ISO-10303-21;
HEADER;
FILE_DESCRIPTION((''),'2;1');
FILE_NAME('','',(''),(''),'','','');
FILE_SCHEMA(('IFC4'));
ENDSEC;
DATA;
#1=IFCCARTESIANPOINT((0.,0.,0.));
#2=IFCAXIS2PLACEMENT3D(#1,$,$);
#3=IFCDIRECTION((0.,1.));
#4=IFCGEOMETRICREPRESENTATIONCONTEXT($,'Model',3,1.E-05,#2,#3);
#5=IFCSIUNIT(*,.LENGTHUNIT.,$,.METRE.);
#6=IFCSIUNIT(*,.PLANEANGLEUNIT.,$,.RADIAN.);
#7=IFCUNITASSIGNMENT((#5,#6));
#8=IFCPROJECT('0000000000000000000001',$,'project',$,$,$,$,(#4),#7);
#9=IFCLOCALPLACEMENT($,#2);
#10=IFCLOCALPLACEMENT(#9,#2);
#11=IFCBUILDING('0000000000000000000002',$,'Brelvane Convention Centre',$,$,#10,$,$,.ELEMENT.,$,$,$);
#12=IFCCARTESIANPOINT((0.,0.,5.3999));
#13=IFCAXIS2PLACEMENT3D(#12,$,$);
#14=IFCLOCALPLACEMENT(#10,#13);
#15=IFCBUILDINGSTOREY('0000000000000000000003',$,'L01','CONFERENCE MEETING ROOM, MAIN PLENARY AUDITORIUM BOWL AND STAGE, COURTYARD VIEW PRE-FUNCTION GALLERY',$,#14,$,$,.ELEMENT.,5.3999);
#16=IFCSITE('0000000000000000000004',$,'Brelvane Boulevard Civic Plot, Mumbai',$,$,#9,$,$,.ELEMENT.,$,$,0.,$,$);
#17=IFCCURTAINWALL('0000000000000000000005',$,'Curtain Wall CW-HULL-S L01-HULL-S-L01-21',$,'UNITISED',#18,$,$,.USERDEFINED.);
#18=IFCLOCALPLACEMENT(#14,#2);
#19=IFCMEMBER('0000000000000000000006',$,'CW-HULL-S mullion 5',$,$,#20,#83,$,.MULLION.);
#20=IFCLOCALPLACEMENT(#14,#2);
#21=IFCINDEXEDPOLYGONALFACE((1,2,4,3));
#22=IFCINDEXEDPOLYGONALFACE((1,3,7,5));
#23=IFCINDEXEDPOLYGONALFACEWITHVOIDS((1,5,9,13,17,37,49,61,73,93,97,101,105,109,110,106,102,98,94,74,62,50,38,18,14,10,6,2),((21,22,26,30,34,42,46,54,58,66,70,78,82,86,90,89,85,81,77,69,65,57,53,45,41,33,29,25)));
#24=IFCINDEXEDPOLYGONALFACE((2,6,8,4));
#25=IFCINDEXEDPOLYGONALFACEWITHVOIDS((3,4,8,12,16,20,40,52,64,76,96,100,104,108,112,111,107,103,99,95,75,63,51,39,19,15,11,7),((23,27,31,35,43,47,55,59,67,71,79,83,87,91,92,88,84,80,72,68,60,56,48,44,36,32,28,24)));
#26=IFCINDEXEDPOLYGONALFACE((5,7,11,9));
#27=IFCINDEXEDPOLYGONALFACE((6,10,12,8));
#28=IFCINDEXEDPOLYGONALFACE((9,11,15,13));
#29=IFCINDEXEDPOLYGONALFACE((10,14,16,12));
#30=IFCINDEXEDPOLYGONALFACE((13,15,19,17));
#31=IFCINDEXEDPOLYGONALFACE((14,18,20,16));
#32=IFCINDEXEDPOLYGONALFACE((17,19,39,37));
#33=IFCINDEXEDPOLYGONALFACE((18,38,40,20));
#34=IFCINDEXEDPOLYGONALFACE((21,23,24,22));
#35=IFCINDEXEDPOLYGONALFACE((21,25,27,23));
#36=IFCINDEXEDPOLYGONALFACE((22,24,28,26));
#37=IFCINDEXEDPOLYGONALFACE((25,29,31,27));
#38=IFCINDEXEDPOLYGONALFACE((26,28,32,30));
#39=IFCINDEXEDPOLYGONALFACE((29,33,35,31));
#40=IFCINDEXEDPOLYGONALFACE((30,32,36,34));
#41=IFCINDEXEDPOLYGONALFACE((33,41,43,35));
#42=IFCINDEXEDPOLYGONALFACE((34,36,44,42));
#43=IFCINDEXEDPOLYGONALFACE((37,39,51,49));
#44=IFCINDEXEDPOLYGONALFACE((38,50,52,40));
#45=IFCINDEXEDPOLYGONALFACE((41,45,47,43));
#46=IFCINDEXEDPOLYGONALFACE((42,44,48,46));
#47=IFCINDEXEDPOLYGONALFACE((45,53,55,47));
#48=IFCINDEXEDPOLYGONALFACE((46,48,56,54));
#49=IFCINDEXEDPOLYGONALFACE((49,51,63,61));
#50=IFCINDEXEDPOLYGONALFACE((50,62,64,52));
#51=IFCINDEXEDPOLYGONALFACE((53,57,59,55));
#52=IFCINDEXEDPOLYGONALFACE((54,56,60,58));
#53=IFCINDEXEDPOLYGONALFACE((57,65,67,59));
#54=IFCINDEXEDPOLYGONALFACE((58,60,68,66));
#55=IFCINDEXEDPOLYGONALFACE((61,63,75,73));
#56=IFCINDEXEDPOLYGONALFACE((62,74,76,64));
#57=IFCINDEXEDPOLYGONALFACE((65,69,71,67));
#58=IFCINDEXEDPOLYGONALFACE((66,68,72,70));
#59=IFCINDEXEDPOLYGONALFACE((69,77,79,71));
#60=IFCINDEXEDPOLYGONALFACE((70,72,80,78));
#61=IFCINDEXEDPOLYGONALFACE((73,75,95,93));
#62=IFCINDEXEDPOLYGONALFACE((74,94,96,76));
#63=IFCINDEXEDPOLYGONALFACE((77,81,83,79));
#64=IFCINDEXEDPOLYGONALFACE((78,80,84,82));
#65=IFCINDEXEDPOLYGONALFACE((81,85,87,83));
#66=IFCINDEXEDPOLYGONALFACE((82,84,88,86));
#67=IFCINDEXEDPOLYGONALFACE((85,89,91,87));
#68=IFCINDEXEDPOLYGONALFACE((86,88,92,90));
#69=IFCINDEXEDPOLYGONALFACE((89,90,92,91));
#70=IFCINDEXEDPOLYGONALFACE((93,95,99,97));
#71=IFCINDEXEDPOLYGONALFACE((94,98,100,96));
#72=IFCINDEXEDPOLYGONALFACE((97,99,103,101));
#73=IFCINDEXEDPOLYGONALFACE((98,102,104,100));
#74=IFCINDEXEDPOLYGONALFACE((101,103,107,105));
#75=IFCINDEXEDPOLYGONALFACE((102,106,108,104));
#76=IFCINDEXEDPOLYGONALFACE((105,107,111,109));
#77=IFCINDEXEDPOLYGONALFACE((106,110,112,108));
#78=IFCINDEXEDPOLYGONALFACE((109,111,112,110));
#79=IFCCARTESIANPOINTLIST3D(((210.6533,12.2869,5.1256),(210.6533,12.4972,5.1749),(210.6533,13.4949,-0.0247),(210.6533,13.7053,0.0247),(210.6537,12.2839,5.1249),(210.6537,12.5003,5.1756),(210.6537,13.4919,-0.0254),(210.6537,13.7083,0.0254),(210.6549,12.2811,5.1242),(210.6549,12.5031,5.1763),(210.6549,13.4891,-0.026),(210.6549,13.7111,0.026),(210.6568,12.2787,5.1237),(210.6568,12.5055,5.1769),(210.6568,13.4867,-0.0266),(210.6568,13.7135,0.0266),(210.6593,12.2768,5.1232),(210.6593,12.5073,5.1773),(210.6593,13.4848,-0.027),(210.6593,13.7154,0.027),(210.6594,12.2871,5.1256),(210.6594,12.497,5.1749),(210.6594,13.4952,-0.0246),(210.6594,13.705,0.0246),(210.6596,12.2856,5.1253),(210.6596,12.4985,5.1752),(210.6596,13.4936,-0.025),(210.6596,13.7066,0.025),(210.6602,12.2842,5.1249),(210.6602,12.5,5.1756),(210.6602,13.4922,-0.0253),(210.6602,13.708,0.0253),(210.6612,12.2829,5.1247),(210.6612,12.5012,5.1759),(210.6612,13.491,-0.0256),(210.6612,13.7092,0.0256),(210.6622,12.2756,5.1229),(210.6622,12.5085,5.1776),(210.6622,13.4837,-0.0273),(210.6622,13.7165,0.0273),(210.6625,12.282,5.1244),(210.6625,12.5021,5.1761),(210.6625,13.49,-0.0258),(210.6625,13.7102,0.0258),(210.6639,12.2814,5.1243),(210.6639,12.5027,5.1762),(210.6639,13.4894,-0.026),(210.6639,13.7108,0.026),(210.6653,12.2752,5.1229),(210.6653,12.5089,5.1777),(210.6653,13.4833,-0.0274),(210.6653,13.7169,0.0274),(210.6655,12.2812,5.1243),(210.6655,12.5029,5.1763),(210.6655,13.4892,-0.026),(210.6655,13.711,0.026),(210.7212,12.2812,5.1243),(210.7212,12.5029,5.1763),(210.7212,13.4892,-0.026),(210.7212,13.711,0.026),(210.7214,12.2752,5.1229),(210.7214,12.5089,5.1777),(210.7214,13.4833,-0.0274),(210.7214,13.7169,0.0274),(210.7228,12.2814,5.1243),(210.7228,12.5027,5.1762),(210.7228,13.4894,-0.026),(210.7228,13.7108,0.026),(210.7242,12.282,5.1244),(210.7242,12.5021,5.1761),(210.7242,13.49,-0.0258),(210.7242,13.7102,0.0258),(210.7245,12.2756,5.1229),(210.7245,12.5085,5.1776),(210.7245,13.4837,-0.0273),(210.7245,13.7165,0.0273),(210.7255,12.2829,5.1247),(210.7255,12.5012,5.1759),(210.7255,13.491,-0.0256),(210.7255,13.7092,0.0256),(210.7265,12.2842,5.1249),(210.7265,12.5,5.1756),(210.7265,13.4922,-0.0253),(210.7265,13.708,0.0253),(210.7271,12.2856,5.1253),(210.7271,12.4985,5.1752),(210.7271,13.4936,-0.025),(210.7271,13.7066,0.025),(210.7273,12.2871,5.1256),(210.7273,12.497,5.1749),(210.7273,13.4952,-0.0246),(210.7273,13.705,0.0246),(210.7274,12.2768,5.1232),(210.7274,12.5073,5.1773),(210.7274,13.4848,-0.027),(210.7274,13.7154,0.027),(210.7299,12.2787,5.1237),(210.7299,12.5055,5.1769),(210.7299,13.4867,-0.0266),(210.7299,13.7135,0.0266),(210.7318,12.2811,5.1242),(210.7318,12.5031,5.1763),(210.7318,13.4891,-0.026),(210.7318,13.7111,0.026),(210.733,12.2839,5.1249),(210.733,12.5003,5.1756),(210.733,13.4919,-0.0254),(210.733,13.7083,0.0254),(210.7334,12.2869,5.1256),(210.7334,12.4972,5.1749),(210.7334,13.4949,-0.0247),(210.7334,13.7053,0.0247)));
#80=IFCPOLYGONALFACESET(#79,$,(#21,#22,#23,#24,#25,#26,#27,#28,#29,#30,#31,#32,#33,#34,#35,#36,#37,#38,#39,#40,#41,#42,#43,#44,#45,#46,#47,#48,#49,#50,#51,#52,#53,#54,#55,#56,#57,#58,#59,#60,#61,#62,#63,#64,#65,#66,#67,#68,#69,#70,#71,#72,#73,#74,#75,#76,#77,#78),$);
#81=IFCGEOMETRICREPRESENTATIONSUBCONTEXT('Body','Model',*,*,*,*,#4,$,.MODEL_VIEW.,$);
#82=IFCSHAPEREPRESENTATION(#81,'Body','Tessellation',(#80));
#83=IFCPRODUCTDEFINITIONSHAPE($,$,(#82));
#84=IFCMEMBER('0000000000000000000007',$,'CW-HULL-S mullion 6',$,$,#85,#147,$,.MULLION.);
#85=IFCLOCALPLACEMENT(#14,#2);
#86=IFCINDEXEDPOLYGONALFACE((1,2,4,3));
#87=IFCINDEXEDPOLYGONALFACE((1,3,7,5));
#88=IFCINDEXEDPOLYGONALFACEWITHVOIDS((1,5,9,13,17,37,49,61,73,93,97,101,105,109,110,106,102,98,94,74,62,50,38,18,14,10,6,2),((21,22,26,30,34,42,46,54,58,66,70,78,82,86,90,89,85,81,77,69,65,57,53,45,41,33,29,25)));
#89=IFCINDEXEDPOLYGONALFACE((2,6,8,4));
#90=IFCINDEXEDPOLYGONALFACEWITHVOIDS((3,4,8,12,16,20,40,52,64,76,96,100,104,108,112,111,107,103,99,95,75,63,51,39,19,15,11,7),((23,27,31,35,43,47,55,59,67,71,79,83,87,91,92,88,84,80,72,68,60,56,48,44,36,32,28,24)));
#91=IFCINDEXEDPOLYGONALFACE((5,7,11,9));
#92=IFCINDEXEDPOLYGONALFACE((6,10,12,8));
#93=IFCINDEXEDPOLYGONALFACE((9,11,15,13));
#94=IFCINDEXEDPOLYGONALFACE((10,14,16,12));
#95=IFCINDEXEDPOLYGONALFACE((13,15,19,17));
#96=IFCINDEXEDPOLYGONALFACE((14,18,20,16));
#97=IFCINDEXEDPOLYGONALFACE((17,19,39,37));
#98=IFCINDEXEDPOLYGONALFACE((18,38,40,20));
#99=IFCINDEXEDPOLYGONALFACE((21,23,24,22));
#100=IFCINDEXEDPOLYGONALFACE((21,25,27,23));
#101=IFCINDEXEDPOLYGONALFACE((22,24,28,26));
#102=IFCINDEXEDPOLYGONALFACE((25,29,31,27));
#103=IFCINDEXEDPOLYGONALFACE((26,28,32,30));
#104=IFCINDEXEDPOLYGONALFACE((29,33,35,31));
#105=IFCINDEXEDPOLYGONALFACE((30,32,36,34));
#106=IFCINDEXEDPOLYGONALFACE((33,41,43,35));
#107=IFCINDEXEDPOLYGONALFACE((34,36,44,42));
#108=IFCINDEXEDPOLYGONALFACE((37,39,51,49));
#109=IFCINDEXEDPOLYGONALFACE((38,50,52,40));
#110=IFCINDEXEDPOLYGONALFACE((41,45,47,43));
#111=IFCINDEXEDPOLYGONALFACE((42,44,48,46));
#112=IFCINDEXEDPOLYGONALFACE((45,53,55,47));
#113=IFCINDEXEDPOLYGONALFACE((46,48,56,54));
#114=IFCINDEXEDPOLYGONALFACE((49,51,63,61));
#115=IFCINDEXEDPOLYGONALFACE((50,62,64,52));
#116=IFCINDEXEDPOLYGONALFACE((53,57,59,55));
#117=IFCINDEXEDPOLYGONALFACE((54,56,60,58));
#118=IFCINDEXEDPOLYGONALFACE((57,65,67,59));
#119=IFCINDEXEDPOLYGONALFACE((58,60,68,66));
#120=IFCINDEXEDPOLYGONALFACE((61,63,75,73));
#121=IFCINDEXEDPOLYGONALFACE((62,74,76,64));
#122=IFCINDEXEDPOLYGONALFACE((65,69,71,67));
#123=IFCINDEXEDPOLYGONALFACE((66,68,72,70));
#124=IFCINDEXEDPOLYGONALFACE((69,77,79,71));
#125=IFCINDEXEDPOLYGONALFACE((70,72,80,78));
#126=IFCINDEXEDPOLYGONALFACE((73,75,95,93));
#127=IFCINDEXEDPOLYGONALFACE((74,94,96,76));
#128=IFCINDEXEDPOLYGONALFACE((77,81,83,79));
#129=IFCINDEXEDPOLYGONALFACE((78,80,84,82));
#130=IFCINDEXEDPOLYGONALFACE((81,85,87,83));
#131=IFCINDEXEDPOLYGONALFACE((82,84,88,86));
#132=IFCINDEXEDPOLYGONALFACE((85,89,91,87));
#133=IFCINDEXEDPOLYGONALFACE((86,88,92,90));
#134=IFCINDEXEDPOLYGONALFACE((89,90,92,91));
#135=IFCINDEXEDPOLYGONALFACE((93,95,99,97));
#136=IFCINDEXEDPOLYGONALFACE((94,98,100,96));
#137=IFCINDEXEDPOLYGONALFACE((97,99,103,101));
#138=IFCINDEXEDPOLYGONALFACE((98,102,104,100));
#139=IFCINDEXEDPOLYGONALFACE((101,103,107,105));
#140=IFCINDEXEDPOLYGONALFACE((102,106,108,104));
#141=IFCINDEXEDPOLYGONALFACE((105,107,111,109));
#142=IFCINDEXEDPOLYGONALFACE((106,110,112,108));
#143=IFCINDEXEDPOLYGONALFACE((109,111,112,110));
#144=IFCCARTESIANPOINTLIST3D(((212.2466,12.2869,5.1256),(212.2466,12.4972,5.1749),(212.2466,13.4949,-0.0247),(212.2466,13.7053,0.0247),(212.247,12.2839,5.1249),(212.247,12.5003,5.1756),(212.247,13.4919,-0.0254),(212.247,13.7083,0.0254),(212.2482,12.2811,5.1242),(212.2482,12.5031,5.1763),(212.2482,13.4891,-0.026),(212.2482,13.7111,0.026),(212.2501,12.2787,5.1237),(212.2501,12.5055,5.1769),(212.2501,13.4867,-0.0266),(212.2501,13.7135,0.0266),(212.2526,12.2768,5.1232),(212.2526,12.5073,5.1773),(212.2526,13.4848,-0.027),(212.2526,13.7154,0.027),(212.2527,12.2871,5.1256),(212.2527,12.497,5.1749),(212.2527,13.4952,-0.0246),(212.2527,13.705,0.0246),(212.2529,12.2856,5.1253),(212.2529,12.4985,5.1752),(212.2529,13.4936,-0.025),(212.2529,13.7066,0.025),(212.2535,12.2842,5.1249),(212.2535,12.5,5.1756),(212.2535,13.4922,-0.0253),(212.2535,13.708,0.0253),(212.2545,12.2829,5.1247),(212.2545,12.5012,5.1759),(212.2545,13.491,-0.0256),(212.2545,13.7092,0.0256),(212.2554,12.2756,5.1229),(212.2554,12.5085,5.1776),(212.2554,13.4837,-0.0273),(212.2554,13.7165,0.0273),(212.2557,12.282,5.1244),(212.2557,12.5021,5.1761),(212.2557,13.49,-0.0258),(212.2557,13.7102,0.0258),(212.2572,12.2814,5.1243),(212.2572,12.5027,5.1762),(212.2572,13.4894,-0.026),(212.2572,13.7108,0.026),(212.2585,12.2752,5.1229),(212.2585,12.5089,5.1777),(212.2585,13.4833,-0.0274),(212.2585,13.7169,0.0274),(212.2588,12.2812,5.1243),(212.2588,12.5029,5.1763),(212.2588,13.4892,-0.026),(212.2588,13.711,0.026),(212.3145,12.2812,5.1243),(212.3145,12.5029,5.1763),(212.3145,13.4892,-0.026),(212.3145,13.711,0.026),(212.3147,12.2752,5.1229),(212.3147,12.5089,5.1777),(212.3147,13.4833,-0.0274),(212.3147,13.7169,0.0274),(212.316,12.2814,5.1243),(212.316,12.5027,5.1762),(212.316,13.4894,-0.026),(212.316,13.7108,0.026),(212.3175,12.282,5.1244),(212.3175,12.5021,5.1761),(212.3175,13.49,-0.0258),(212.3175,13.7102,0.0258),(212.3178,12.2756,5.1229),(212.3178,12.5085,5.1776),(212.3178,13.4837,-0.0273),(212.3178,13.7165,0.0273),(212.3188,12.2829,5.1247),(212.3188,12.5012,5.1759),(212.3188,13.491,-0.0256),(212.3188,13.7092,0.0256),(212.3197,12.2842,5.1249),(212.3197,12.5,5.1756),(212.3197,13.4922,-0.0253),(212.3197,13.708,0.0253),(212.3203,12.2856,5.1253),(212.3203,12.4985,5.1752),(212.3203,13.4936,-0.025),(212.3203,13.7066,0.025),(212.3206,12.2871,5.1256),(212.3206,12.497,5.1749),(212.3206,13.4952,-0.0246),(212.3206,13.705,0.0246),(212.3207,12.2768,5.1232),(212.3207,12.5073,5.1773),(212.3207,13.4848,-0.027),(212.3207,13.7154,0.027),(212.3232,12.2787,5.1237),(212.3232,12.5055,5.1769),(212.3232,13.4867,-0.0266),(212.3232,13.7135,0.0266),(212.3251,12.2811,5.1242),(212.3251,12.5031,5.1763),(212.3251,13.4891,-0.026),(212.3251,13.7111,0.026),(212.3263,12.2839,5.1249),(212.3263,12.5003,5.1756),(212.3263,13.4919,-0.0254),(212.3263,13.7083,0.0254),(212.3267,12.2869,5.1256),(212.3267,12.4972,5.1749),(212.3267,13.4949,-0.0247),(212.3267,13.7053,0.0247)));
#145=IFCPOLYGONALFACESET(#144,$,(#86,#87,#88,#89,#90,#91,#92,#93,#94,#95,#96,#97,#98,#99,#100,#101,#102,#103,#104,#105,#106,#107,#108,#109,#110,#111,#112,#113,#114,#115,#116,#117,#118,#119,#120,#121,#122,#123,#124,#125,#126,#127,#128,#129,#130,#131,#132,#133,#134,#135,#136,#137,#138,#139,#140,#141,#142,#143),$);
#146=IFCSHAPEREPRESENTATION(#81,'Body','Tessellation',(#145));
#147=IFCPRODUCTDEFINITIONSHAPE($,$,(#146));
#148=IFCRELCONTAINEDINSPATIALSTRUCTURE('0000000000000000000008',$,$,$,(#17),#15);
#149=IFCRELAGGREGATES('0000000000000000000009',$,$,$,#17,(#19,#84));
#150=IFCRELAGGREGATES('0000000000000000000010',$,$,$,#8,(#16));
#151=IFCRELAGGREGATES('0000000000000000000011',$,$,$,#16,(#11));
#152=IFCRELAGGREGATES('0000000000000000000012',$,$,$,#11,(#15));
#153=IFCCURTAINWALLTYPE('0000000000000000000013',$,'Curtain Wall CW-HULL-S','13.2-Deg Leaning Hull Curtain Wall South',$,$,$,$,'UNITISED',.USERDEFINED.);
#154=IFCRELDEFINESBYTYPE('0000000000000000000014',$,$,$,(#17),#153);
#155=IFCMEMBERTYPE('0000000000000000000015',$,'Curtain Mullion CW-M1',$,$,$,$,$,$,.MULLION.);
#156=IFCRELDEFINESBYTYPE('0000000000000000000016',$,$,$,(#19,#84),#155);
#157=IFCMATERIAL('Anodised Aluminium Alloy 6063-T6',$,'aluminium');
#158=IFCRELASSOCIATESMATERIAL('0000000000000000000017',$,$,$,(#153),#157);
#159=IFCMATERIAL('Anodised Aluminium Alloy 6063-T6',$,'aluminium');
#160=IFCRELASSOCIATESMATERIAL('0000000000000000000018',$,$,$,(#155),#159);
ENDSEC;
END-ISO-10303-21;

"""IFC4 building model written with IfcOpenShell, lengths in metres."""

from ifc_helpers import new_model, si_unit, direction, frame, origin, origin_2d, place, context, subcontext, project, spatial, hollow_rectangle, extrude, material, material_profile, profile_set, type_object, element, aggregate, save


model = new_model("IFC4")

# Units and contexts
model_context = context("Model", 3, precision=1e-05, world=origin(), true_north=direction((0.0, 1.0)))
body_context = subcontext(model_context, "Body", "Model", "MODEL_VIEW")
ifc_project = project(units=[si_unit("LENGTHUNIT", "METRE"), si_unit("PLANEANGLEUNIT", "RADIAN")], contexts=[model_context])

# Site, building, storey
site_placement = place(None, origin())
site = spatial("IfcSite", under=ifc_project, at=site_placement, Name="Brelvane Boulevard Civic Plot, Mumbai", CompositionType="ELEMENT", RefElevation=0.0)
building_placement = place(site_placement, origin())
building = spatial("IfcBuilding", under=site, at=building_placement, Name="Brelvane Convention Centre", CompositionType="ELEMENT")
storey_placement = place(building_placement, frame((0.0, 0.0, 5.3999)))
storey = spatial("IfcBuildingStorey", under=building, at=storey_placement, Name="L01", Description="CONFERENCE MEETING ROOM, MAIN PLENARY AUDITORIUM BOWL AND STAGE, COURTYARD VIEW PRE-FUNCTION GALLERY", CompositionType="ELEMENT", Elevation=5.3999)

# Curtain wall, members
ifc_material_1 = material(Name="Anodised Aluminium Alloy 6063-T6", Category="aluminium")
curtain_wall_type = type_object("IfcCurtainWallType", Name="Curtain Wall CW-HULL-S", Description="13.2-Deg Leaning Hull Curtain Wall South", ElementType="UNITISED", PredefinedType="USERDEFINED", material=ifc_material_1)
ifc_material_2 = material(Name="Anodised Aluminium Alloy 6063-T6", Category="aluminium")
ifc_material_profile_1 = material_profile(ifc_material_2, hollow_rectangle(XDim=0.0801, YDim=0.24, WallThickness=0.0061, InnerFilletRadius=0.0061, OuterFilletRadius=0.012, at=origin_2d()), Name="ALU-M 240x80x6.0")
ifc_profile_set_1 = profile_set([ifc_material_profile_1], Name="Anodised Aluminium Alloy 6063-T6")
member_type_1 = type_object("IfcMemberType", Name="Curtain Mullion CW-M1", PredefinedType="MULLION", material=ifc_profile_set_1)
curtain_wall_1_placement = place(storey_placement, origin())
curtain_wall_1 = element("IfcCurtainWall", 1, at=curtain_wall_1_placement, inside=storey, type_object=curtain_wall_type, Name="Curtain Wall CW-HULL-S L01-HULL-S-L01-21", ObjectType="UNITISED", PredefinedType="USERDEFINED")
member_1_placement = place(storey_placement, frame((210.6934, 13.6001, 0.0), z_axis=(0.0, -0.22836, 0.973577), x_axis=(1.0, 0.0, 0.0)))
member_1 = element("IfcMember", 2, at=member_1_placement, type_object=member_type_1, Name="CW-HULL-S mullion 5", PredefinedType="MULLION", context=body_context, shape_type="SweptSolid", body=[
    extrude(hollow_rectangle(XDim=0.0801, YDim=0.24, WallThickness=0.0061, InnerFilletRadius=0.0061, OuterFilletRadius=0.012, at=origin_2d()), origin(), (0.0, 0.0, 1.0), 5.29),
])
member_2_placement = place(storey_placement, frame((212.2866, 13.6001, 0.0), z_axis=(0.0, -0.22836, 0.973577), x_axis=(1.0, 0.0, 0.0)))
member_2 = element("IfcMember", 3, at=member_2_placement, type_object=member_type_1, Name="CW-HULL-S mullion 6", PredefinedType="MULLION", context=body_context, shape_type="SweptSolid", body=[
    extrude(hollow_rectangle(XDim=0.0801, YDim=0.24, WallThickness=0.0061, InnerFilletRadius=0.0061, OuterFilletRadius=0.012, at=origin_2d()), origin(), (0.0, 0.0, 1.0), 5.29),
])

aggregate(curtain_wall_1, [member_1, member_2])

save(model, "model.ifc")
